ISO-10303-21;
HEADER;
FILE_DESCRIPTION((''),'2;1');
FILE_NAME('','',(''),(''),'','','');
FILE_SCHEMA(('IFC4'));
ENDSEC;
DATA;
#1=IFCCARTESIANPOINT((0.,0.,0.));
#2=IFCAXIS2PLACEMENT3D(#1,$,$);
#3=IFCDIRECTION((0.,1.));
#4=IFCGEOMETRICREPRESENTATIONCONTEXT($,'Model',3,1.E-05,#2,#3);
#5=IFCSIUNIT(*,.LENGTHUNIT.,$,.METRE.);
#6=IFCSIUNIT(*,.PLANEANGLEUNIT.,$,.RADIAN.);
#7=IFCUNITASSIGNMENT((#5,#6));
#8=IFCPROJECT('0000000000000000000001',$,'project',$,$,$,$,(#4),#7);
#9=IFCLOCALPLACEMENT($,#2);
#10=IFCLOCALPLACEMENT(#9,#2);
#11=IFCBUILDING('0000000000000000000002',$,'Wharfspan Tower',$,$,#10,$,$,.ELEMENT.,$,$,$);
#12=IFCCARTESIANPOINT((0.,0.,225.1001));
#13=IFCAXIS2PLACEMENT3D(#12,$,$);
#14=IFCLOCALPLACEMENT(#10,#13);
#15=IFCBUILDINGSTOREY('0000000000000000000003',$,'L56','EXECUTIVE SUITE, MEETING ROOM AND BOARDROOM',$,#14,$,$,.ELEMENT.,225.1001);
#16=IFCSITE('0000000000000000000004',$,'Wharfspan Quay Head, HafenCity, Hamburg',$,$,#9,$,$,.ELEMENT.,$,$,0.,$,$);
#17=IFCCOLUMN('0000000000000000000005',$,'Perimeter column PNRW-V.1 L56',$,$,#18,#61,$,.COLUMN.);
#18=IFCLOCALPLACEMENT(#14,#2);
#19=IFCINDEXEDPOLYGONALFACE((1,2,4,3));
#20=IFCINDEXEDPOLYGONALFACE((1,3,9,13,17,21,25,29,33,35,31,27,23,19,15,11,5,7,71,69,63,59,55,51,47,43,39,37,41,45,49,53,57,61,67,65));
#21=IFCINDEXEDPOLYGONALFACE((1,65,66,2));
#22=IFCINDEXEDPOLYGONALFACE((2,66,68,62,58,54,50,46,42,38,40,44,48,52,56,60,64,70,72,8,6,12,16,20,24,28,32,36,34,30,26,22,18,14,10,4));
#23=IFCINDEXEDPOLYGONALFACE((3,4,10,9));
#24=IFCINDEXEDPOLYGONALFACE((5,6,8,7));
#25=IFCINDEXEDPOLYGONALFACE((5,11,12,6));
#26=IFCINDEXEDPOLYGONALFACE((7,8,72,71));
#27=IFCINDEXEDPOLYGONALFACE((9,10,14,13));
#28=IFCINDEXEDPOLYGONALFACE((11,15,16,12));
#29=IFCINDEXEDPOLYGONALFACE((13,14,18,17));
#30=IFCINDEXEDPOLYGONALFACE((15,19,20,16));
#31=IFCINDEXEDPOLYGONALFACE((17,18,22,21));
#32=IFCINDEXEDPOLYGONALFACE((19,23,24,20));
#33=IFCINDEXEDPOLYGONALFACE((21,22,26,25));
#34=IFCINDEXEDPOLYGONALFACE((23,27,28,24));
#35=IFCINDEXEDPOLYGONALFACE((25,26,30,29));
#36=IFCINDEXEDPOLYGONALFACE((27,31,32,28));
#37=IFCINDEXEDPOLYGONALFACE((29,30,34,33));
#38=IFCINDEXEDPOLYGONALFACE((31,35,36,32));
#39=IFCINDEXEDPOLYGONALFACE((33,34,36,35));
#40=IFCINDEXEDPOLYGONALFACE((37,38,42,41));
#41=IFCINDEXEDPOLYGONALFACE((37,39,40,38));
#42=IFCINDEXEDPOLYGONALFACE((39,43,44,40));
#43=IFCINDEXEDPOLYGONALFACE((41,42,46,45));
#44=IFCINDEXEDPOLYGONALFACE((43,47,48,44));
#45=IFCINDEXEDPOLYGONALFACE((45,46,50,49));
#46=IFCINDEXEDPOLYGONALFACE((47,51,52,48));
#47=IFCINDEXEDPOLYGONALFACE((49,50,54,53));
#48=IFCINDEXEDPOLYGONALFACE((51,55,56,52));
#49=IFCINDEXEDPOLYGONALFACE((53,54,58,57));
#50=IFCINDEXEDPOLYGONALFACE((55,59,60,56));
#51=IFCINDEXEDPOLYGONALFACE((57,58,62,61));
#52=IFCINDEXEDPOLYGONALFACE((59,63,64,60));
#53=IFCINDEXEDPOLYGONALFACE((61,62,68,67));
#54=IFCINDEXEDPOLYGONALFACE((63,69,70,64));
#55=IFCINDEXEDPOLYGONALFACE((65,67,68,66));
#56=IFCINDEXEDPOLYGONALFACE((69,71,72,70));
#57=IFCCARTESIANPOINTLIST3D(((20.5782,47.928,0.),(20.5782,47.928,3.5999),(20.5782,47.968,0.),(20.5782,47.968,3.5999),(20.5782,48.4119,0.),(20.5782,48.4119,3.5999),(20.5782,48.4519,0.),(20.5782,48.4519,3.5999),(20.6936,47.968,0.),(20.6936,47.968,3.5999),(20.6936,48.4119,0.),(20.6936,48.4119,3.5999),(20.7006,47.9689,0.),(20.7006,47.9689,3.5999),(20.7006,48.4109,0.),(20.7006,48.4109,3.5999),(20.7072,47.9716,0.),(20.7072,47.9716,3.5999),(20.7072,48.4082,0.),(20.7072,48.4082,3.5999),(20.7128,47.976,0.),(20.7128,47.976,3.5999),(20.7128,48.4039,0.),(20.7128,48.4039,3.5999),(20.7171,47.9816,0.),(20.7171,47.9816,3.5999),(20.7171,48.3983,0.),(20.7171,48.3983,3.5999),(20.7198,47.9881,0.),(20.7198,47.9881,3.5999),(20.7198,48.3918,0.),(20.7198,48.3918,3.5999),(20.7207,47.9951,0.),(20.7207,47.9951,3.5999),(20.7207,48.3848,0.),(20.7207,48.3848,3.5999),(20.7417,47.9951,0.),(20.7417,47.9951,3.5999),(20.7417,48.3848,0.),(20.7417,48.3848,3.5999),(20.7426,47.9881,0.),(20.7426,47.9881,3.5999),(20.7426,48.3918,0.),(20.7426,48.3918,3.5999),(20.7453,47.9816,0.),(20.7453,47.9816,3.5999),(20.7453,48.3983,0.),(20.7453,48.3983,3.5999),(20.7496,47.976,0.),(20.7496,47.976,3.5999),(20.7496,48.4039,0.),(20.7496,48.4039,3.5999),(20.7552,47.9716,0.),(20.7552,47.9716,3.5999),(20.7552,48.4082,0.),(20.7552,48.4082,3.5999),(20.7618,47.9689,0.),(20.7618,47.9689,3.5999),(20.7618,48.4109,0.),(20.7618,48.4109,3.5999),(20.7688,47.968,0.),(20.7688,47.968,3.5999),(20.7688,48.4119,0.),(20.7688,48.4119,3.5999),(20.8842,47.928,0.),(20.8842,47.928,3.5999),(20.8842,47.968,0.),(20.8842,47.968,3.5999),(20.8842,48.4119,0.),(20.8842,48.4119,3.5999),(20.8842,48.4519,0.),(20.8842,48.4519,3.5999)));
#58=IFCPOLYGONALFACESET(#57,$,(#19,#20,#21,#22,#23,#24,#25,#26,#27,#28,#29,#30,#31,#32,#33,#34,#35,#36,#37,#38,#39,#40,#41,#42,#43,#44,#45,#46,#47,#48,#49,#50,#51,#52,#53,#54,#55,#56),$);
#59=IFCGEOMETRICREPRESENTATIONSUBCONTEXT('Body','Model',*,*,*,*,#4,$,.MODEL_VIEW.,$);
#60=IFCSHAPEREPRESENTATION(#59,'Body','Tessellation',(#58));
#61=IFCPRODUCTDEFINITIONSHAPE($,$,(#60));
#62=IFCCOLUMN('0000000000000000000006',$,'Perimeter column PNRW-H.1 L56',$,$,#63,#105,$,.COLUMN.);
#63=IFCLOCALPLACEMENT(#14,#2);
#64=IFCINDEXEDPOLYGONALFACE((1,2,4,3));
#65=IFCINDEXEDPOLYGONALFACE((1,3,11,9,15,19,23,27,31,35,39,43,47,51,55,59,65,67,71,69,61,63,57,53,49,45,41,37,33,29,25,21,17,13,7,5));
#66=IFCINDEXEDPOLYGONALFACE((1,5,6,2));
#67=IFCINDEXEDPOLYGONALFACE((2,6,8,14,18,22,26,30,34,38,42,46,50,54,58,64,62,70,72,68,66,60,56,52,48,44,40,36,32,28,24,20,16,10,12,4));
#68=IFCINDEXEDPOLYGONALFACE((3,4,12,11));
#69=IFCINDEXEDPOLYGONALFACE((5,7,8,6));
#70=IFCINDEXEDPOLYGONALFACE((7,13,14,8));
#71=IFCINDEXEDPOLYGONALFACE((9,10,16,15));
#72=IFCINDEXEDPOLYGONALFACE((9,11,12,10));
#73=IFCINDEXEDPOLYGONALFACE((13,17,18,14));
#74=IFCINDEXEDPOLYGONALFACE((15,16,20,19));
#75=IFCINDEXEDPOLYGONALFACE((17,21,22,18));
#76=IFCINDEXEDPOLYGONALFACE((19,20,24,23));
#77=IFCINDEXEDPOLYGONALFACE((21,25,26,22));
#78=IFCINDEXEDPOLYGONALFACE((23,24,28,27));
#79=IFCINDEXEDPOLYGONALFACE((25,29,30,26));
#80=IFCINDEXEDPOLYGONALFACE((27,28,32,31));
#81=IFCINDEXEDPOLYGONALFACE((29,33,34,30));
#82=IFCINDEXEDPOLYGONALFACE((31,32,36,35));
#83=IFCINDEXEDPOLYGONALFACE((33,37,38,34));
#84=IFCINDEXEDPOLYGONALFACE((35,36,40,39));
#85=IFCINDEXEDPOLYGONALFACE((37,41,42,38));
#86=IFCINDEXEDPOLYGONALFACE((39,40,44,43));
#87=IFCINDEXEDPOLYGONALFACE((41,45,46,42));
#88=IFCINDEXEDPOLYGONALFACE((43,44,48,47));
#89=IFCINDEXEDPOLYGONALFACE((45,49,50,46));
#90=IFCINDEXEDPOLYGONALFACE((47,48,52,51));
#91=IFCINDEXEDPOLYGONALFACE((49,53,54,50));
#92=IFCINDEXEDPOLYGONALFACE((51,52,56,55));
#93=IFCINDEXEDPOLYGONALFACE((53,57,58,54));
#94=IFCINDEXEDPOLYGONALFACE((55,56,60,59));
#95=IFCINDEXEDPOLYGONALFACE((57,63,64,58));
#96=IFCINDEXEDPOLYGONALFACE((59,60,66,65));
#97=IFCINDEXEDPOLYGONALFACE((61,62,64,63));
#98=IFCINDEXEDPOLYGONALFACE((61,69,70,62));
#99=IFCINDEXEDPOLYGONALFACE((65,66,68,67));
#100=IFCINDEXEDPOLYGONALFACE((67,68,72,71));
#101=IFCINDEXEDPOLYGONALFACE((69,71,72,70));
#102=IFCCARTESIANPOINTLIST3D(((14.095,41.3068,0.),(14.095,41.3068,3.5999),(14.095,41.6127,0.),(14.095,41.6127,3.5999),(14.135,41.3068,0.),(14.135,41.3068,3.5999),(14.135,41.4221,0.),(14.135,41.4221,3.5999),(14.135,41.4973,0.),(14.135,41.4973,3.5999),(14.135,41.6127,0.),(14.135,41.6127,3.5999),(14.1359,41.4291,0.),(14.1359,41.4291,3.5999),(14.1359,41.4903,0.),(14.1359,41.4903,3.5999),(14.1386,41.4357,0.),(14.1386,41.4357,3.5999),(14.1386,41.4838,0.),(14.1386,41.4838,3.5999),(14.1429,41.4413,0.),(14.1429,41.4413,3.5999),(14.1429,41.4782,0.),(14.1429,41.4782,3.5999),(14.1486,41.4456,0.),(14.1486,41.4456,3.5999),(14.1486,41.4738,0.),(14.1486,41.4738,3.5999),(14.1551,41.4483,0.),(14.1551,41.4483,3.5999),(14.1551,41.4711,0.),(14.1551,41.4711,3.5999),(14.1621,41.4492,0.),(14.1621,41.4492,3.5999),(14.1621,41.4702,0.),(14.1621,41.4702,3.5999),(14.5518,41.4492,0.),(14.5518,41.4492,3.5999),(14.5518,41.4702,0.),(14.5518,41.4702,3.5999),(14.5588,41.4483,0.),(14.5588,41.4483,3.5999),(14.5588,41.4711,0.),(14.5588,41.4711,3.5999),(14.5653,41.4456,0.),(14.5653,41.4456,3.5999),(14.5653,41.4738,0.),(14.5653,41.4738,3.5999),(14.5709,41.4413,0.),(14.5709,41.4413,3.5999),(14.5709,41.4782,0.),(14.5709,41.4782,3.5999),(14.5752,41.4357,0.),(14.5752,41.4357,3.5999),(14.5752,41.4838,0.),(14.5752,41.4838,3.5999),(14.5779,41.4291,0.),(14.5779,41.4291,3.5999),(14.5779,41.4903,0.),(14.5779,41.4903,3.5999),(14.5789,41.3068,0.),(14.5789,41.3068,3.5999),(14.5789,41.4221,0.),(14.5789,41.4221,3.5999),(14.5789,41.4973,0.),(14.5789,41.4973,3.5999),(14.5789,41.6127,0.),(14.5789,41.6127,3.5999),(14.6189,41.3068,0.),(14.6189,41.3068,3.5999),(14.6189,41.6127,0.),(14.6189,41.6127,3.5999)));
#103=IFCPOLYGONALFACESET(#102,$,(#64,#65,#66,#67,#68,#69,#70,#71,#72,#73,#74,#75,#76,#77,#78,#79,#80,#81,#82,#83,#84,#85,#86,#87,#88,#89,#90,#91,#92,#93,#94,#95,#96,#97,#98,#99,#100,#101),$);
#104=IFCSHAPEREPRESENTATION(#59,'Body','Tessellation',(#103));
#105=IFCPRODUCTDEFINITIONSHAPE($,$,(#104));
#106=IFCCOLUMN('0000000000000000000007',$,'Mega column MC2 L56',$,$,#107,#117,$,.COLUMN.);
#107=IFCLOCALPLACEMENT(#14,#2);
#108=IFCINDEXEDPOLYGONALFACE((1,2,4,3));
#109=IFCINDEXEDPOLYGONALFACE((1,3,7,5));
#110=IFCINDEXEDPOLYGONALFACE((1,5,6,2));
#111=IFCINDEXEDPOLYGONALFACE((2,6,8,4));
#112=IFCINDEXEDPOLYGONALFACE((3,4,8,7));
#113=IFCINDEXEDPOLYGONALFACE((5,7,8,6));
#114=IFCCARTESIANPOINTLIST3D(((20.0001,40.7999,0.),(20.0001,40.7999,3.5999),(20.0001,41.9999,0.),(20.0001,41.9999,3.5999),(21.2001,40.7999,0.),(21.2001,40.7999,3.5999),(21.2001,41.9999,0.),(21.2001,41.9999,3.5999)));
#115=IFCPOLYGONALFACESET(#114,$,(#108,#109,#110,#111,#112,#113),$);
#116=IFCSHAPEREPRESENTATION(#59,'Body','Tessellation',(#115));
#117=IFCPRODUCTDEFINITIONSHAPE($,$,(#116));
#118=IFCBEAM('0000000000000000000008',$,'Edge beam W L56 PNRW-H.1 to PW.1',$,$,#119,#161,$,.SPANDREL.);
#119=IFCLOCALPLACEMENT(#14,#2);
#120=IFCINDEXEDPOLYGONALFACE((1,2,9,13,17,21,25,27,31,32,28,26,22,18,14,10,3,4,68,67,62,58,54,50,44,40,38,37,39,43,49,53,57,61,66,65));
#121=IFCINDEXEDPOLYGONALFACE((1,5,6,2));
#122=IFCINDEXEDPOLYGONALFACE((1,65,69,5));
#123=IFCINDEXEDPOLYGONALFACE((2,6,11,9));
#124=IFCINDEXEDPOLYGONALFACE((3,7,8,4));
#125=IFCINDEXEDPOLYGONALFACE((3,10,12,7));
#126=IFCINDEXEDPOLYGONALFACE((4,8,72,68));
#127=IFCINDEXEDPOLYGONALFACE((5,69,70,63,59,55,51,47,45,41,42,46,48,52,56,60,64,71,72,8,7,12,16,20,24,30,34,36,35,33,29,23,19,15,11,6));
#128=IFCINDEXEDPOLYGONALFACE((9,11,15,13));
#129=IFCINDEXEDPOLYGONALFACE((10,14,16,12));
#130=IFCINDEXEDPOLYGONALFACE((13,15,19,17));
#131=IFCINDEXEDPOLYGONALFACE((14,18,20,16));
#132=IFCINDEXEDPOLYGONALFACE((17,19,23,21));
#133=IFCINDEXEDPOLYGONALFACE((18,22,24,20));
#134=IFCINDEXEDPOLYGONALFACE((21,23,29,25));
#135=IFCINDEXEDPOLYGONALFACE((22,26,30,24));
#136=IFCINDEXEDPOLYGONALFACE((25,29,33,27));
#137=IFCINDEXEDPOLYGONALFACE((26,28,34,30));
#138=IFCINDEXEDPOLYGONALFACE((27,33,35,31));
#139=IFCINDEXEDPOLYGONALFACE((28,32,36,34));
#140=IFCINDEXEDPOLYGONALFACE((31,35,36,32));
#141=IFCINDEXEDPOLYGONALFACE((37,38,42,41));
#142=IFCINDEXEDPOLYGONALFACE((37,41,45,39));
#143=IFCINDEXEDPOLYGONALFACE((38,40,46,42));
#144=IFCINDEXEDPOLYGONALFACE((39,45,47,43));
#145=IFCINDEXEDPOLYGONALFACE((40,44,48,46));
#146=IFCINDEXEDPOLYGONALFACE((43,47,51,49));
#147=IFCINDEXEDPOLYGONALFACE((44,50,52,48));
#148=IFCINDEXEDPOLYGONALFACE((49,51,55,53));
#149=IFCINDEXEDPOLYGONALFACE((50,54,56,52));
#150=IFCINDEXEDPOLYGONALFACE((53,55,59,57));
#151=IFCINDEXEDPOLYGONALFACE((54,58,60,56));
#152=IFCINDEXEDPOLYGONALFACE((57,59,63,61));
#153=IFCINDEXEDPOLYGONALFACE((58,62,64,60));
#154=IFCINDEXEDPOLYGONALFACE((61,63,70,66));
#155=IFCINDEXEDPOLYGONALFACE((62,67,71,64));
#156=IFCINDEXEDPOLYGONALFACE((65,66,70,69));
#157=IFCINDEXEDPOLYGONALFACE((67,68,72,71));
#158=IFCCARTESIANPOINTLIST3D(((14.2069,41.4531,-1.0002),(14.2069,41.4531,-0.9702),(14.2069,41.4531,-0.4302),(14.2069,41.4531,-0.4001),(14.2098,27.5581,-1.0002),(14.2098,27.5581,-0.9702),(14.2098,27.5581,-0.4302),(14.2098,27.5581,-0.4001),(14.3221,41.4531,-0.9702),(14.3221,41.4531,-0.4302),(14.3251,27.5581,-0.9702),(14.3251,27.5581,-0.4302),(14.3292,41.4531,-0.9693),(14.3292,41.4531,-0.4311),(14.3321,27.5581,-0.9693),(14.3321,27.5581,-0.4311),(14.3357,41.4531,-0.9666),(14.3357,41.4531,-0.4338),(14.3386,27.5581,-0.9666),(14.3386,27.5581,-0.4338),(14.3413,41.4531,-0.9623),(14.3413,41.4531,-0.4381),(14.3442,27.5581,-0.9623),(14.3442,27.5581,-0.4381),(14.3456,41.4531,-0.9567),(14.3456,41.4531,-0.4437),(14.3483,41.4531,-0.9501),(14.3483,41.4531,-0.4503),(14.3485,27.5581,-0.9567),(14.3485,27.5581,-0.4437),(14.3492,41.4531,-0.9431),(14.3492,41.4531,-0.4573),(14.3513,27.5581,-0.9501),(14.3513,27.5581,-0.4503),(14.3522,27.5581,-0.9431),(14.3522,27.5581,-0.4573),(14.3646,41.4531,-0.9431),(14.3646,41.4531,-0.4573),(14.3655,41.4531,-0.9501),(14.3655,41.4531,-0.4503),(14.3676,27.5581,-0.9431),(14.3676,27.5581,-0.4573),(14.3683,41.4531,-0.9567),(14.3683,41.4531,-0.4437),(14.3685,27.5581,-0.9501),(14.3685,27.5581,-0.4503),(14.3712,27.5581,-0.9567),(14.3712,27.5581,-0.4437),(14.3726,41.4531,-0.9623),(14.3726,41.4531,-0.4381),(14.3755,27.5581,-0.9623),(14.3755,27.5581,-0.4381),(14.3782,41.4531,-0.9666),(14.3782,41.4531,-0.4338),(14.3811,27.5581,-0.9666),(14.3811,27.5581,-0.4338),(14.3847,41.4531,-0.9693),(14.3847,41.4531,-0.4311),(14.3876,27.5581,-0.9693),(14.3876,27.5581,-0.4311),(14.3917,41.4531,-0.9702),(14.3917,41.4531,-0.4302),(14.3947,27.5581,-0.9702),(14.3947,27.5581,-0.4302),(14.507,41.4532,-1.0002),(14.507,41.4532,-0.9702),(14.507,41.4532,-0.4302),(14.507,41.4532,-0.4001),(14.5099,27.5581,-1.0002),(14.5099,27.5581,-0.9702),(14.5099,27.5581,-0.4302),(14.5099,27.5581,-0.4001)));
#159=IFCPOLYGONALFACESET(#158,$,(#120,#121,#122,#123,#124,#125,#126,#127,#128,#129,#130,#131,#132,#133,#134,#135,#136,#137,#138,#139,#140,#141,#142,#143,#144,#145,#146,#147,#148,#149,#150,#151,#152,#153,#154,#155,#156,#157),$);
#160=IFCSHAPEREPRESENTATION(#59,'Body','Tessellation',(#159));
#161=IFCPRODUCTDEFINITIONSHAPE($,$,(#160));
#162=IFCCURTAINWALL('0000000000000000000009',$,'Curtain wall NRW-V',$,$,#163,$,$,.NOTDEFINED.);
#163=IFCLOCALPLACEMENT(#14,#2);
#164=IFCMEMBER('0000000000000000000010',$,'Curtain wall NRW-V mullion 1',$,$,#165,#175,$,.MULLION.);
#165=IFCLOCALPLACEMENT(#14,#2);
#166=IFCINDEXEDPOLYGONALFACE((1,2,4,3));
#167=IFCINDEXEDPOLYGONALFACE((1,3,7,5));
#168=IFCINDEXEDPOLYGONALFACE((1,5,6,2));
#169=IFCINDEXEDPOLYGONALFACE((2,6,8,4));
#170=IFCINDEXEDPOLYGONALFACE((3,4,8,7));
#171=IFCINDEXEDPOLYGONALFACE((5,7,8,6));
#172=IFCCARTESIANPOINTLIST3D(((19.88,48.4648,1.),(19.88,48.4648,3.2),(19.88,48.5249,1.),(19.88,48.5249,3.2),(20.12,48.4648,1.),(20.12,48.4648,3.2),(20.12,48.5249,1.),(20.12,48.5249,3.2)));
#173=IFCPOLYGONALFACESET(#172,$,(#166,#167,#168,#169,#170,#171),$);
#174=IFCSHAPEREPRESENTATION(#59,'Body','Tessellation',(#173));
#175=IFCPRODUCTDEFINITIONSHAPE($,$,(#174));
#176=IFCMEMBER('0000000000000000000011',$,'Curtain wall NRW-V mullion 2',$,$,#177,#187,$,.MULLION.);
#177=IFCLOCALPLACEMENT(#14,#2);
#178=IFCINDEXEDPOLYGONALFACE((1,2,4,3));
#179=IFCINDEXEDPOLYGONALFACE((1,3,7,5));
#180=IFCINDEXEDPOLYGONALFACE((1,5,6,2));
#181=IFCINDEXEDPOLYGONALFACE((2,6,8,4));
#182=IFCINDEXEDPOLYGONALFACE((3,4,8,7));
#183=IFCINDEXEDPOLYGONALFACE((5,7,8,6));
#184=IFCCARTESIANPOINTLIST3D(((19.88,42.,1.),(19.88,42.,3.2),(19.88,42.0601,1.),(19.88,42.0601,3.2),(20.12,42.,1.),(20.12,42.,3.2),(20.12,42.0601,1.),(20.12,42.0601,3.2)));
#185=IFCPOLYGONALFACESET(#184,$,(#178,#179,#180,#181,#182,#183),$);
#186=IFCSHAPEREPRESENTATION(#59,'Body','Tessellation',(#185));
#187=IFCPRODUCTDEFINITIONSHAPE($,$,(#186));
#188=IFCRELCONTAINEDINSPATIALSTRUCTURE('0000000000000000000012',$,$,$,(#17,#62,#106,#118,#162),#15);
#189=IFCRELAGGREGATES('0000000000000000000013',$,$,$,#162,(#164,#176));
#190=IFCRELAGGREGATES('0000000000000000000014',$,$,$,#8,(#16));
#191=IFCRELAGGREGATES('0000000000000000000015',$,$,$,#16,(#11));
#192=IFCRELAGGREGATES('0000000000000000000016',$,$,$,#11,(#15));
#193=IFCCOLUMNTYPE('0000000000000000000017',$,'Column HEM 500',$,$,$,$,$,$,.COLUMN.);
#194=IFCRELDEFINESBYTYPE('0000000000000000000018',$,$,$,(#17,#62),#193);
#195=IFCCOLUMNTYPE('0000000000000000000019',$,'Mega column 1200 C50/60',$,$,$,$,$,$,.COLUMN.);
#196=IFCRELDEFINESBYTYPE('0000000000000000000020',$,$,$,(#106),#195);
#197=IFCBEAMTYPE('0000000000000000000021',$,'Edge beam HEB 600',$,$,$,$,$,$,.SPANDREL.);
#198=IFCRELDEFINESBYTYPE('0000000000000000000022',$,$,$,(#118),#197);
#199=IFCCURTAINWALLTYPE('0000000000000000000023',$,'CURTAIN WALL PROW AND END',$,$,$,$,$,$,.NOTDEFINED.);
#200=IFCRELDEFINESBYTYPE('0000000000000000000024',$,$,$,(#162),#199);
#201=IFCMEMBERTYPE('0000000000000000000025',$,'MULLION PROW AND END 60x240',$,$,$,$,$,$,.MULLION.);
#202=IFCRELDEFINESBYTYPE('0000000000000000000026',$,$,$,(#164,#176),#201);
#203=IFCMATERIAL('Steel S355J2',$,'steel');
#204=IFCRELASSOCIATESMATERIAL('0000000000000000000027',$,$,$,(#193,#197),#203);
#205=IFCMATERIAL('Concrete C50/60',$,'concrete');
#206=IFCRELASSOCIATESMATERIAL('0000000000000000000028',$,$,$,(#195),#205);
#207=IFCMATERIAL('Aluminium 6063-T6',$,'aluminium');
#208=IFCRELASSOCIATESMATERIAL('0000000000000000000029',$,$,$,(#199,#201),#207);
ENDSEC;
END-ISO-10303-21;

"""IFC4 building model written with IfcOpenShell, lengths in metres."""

from ifc_helpers import new_model, si_unit, direction, frame, origin, origin_2d, place, context, subcontext, project, spatial, rectangle, i_section, extrude, material, material_profile, profile_set, type_object, element, aggregate, save


model = new_model("IFC4")

# Units and contexts
model_context = context("Model", 3, precision=1e-05, world=origin(), true_north=direction((0.0, 1.0)))
body_context = subcontext(model_context, "Body", "Model", "MODEL_VIEW")
ifc_project = project(units=[si_unit("LENGTHUNIT", "METRE"), si_unit("PLANEANGLEUNIT", "RADIAN")], contexts=[model_context])

# Site, building, storey
site_placement = place(None, origin())
site = spatial("IfcSite", under=ifc_project, at=site_placement, Name="Wharfspan Quay Head, HafenCity, Hamburg", CompositionType="ELEMENT", RefElevation=0.0)
building_placement = place(site_placement, origin())
building = spatial("IfcBuilding", under=site, at=building_placement, Name="Wharfspan Tower", CompositionType="ELEMENT")
storey_placement = place(building_placement, frame((0.0, 0.0, 225.1001)))
storey = spatial("IfcBuildingStorey", under=building, at=storey_placement, Name="L56", Description="EXECUTIVE SUITE, MEETING ROOM AND BOARDROOM", CompositionType="ELEMENT", Elevation=225.1001)

# Columns
ifc_material_1 = material(Name="Steel S355J2", Category="steel")
ifc_material_profile_1 = material_profile(ifc_material_1, i_section(OverallWidth=0.3059, OverallDepth=0.5239, WebThickness=0.021, FlangeThickness=0.04, FilletRadius=0.0271, at=origin_2d()))
ifc_profile_set_1 = profile_set([ifc_material_profile_1], Name="Steel S355J2")
column_type_1 = type_object("IfcColumnType", Name="Column HEM 500", PredefinedType="COLUMN", material=ifc_profile_set_1)
for number, where, z_axis, x_axis, name in (
    (1, (20.7312, 48.1899, 0.0), (0.0, 0.0, 1.0), (-1.0, 0.0, 0.0), "Perimeter column PNRW-V.1 L56"),
    (2, (14.3569, 41.4597, 0.0), (0.0, 0.0, 1.0), (0.0, 1.0, 0.0), "Perimeter column PNRW-H.1 L56"),
):
    element("IfcColumn", number, at=place(storey_placement, frame(where, z_axis=z_axis, x_axis=x_axis)), inside=storey, type_object=column_type_1, Name=name, PredefinedType="COLUMN", context=body_context, shape_type="SweptSolid", body=[
        extrude(i_section(OverallWidth=0.3059, OverallDepth=0.5239, WebThickness=0.021, FlangeThickness=0.04, FilletRadius=0.0271, at=origin_2d()), origin(), (0.0, 0.0, 1.0), 3.5999),
    ])
ifc_material_2 = material(Name="Concrete C50/60", Category="concrete")
ifc_material_profile_2 = material_profile(ifc_material_2, rectangle(XDim=1.2, YDim=1.2, at=origin_2d()))
ifc_profile_set_2 = profile_set([ifc_material_profile_2], Name="Concrete C50/60")
column_type_2 = type_object("IfcColumnType", Name="Mega column 1200 C50/60", PredefinedType="COLUMN", material=ifc_profile_set_2)
column_placement = place(storey_placement, frame((20.6001, 41.3999, 0.0), z_axis=(0.0, 0.0, 1.0), x_axis=(1.0, 0.0, 0.0)))
element("IfcColumn", 3, at=column_placement, inside=storey, type_object=column_type_2, Name="Mega column MC2 L56", PredefinedType="COLUMN", context=body_context, shape_type="SweptSolid", body=[
    extrude(rectangle(XDim=1.2, YDim=1.2, at=origin_2d()), origin(), (0.0, 0.0, 1.0), 3.5999),
])

# Beam
ifc_material_profile_3 = material_profile(ifc_material_1, i_section(OverallWidth=0.3, OverallDepth=0.6001, WebThickness=0.0154, FlangeThickness=0.03, FilletRadius=0.0271, at=origin_2d()))
ifc_profile_set_3 = profile_set([ifc_material_profile_3], Name="Steel S355J2")
beam_type = type_object("IfcBeamType", Name="Edge beam HEB 600", PredefinedType="SPANDREL", material=ifc_profile_set_3)
beam_placement = place(storey_placement, frame((14.3569, 41.4531, -0.7002), z_axis=(0.000211, -1.0, 0.0), x_axis=(1.0, 0.000211, 0.0)))
element("IfcBeam", 4, at=beam_placement, inside=storey, type_object=beam_type, Name="Edge beam W L56 PNRW-H.1 to PW.1", PredefinedType="SPANDREL", context=body_context, shape_type="SweptSolid", body=[
    extrude(i_section(OverallWidth=0.3, OverallDepth=0.6001, WebThickness=0.0154, FlangeThickness=0.03, FilletRadius=0.0271, at=origin_2d()), origin(), (0.0, 0.0, 1.0), 13.895),
])

# Curtain wall, members
ifc_material_3 = material(Name="Aluminium 6063-T6", Category="aluminium")
curtain_wall_type = type_object("IfcCurtainWallType", Name="CURTAIN WALL PROW AND END", PredefinedType="NOTDEFINED", material=ifc_material_3)
curtain_wall_1_placement = place(storey_placement, origin())
curtain_wall_1 = element("IfcCurtainWall", 5, at=curtain_wall_1_placement, inside=storey, type_object=curtain_wall_type, Name="Curtain wall NRW-V", PredefinedType="NOTDEFINED")
ifc_material_profile_4 = material_profile(ifc_material_3, rectangle(XDim=0.24, YDim=0.0601, at=origin_2d()))
ifc_profile_set_4 = profile_set([ifc_material_profile_4], Name="Aluminium 6063-T6")
member_type_1 = type_object("IfcMemberType", Name="MULLION PROW AND END 60x240", PredefinedType="MULLION", material=ifc_profile_set_4)
member_1_placement = place(storey_placement, frame((20.0, 48.4949, 1.0), z_axis=(0.0, 0.0, 1.0), x_axis=(1.0, 0.0, 0.0)))
member_1 = element("IfcMember", 6, at=member_1_placement, type_object=member_type_1, Name="Curtain wall NRW-V mullion 1", PredefinedType="MULLION", context=body_context, shape_type="SweptSolid", body=[
    extrude(rectangle(XDim=0.24, YDim=0.0601, at=origin_2d()), origin(), (0.0, 0.0, 1.0), 2.2),
])
member_2_placement = place(storey_placement, frame((20.0, 42.03, 1.0), z_axis=(0.0, 0.0, 1.0), x_axis=(1.0, 0.0, 0.0)))
member_2 = element("IfcMember", 7, at=member_2_placement, type_object=member_type_1, Name="Curtain wall NRW-V mullion 2", PredefinedType="MULLION", context=body_context, shape_type="SweptSolid", body=[
    extrude(rectangle(XDim=0.24, YDim=0.0601, at=origin_2d()), origin(), (0.0, 0.0, 1.0), 2.2),
])

aggregate(curtain_wall_1, [member_1, member_2])

save(model, "model.ifc")
